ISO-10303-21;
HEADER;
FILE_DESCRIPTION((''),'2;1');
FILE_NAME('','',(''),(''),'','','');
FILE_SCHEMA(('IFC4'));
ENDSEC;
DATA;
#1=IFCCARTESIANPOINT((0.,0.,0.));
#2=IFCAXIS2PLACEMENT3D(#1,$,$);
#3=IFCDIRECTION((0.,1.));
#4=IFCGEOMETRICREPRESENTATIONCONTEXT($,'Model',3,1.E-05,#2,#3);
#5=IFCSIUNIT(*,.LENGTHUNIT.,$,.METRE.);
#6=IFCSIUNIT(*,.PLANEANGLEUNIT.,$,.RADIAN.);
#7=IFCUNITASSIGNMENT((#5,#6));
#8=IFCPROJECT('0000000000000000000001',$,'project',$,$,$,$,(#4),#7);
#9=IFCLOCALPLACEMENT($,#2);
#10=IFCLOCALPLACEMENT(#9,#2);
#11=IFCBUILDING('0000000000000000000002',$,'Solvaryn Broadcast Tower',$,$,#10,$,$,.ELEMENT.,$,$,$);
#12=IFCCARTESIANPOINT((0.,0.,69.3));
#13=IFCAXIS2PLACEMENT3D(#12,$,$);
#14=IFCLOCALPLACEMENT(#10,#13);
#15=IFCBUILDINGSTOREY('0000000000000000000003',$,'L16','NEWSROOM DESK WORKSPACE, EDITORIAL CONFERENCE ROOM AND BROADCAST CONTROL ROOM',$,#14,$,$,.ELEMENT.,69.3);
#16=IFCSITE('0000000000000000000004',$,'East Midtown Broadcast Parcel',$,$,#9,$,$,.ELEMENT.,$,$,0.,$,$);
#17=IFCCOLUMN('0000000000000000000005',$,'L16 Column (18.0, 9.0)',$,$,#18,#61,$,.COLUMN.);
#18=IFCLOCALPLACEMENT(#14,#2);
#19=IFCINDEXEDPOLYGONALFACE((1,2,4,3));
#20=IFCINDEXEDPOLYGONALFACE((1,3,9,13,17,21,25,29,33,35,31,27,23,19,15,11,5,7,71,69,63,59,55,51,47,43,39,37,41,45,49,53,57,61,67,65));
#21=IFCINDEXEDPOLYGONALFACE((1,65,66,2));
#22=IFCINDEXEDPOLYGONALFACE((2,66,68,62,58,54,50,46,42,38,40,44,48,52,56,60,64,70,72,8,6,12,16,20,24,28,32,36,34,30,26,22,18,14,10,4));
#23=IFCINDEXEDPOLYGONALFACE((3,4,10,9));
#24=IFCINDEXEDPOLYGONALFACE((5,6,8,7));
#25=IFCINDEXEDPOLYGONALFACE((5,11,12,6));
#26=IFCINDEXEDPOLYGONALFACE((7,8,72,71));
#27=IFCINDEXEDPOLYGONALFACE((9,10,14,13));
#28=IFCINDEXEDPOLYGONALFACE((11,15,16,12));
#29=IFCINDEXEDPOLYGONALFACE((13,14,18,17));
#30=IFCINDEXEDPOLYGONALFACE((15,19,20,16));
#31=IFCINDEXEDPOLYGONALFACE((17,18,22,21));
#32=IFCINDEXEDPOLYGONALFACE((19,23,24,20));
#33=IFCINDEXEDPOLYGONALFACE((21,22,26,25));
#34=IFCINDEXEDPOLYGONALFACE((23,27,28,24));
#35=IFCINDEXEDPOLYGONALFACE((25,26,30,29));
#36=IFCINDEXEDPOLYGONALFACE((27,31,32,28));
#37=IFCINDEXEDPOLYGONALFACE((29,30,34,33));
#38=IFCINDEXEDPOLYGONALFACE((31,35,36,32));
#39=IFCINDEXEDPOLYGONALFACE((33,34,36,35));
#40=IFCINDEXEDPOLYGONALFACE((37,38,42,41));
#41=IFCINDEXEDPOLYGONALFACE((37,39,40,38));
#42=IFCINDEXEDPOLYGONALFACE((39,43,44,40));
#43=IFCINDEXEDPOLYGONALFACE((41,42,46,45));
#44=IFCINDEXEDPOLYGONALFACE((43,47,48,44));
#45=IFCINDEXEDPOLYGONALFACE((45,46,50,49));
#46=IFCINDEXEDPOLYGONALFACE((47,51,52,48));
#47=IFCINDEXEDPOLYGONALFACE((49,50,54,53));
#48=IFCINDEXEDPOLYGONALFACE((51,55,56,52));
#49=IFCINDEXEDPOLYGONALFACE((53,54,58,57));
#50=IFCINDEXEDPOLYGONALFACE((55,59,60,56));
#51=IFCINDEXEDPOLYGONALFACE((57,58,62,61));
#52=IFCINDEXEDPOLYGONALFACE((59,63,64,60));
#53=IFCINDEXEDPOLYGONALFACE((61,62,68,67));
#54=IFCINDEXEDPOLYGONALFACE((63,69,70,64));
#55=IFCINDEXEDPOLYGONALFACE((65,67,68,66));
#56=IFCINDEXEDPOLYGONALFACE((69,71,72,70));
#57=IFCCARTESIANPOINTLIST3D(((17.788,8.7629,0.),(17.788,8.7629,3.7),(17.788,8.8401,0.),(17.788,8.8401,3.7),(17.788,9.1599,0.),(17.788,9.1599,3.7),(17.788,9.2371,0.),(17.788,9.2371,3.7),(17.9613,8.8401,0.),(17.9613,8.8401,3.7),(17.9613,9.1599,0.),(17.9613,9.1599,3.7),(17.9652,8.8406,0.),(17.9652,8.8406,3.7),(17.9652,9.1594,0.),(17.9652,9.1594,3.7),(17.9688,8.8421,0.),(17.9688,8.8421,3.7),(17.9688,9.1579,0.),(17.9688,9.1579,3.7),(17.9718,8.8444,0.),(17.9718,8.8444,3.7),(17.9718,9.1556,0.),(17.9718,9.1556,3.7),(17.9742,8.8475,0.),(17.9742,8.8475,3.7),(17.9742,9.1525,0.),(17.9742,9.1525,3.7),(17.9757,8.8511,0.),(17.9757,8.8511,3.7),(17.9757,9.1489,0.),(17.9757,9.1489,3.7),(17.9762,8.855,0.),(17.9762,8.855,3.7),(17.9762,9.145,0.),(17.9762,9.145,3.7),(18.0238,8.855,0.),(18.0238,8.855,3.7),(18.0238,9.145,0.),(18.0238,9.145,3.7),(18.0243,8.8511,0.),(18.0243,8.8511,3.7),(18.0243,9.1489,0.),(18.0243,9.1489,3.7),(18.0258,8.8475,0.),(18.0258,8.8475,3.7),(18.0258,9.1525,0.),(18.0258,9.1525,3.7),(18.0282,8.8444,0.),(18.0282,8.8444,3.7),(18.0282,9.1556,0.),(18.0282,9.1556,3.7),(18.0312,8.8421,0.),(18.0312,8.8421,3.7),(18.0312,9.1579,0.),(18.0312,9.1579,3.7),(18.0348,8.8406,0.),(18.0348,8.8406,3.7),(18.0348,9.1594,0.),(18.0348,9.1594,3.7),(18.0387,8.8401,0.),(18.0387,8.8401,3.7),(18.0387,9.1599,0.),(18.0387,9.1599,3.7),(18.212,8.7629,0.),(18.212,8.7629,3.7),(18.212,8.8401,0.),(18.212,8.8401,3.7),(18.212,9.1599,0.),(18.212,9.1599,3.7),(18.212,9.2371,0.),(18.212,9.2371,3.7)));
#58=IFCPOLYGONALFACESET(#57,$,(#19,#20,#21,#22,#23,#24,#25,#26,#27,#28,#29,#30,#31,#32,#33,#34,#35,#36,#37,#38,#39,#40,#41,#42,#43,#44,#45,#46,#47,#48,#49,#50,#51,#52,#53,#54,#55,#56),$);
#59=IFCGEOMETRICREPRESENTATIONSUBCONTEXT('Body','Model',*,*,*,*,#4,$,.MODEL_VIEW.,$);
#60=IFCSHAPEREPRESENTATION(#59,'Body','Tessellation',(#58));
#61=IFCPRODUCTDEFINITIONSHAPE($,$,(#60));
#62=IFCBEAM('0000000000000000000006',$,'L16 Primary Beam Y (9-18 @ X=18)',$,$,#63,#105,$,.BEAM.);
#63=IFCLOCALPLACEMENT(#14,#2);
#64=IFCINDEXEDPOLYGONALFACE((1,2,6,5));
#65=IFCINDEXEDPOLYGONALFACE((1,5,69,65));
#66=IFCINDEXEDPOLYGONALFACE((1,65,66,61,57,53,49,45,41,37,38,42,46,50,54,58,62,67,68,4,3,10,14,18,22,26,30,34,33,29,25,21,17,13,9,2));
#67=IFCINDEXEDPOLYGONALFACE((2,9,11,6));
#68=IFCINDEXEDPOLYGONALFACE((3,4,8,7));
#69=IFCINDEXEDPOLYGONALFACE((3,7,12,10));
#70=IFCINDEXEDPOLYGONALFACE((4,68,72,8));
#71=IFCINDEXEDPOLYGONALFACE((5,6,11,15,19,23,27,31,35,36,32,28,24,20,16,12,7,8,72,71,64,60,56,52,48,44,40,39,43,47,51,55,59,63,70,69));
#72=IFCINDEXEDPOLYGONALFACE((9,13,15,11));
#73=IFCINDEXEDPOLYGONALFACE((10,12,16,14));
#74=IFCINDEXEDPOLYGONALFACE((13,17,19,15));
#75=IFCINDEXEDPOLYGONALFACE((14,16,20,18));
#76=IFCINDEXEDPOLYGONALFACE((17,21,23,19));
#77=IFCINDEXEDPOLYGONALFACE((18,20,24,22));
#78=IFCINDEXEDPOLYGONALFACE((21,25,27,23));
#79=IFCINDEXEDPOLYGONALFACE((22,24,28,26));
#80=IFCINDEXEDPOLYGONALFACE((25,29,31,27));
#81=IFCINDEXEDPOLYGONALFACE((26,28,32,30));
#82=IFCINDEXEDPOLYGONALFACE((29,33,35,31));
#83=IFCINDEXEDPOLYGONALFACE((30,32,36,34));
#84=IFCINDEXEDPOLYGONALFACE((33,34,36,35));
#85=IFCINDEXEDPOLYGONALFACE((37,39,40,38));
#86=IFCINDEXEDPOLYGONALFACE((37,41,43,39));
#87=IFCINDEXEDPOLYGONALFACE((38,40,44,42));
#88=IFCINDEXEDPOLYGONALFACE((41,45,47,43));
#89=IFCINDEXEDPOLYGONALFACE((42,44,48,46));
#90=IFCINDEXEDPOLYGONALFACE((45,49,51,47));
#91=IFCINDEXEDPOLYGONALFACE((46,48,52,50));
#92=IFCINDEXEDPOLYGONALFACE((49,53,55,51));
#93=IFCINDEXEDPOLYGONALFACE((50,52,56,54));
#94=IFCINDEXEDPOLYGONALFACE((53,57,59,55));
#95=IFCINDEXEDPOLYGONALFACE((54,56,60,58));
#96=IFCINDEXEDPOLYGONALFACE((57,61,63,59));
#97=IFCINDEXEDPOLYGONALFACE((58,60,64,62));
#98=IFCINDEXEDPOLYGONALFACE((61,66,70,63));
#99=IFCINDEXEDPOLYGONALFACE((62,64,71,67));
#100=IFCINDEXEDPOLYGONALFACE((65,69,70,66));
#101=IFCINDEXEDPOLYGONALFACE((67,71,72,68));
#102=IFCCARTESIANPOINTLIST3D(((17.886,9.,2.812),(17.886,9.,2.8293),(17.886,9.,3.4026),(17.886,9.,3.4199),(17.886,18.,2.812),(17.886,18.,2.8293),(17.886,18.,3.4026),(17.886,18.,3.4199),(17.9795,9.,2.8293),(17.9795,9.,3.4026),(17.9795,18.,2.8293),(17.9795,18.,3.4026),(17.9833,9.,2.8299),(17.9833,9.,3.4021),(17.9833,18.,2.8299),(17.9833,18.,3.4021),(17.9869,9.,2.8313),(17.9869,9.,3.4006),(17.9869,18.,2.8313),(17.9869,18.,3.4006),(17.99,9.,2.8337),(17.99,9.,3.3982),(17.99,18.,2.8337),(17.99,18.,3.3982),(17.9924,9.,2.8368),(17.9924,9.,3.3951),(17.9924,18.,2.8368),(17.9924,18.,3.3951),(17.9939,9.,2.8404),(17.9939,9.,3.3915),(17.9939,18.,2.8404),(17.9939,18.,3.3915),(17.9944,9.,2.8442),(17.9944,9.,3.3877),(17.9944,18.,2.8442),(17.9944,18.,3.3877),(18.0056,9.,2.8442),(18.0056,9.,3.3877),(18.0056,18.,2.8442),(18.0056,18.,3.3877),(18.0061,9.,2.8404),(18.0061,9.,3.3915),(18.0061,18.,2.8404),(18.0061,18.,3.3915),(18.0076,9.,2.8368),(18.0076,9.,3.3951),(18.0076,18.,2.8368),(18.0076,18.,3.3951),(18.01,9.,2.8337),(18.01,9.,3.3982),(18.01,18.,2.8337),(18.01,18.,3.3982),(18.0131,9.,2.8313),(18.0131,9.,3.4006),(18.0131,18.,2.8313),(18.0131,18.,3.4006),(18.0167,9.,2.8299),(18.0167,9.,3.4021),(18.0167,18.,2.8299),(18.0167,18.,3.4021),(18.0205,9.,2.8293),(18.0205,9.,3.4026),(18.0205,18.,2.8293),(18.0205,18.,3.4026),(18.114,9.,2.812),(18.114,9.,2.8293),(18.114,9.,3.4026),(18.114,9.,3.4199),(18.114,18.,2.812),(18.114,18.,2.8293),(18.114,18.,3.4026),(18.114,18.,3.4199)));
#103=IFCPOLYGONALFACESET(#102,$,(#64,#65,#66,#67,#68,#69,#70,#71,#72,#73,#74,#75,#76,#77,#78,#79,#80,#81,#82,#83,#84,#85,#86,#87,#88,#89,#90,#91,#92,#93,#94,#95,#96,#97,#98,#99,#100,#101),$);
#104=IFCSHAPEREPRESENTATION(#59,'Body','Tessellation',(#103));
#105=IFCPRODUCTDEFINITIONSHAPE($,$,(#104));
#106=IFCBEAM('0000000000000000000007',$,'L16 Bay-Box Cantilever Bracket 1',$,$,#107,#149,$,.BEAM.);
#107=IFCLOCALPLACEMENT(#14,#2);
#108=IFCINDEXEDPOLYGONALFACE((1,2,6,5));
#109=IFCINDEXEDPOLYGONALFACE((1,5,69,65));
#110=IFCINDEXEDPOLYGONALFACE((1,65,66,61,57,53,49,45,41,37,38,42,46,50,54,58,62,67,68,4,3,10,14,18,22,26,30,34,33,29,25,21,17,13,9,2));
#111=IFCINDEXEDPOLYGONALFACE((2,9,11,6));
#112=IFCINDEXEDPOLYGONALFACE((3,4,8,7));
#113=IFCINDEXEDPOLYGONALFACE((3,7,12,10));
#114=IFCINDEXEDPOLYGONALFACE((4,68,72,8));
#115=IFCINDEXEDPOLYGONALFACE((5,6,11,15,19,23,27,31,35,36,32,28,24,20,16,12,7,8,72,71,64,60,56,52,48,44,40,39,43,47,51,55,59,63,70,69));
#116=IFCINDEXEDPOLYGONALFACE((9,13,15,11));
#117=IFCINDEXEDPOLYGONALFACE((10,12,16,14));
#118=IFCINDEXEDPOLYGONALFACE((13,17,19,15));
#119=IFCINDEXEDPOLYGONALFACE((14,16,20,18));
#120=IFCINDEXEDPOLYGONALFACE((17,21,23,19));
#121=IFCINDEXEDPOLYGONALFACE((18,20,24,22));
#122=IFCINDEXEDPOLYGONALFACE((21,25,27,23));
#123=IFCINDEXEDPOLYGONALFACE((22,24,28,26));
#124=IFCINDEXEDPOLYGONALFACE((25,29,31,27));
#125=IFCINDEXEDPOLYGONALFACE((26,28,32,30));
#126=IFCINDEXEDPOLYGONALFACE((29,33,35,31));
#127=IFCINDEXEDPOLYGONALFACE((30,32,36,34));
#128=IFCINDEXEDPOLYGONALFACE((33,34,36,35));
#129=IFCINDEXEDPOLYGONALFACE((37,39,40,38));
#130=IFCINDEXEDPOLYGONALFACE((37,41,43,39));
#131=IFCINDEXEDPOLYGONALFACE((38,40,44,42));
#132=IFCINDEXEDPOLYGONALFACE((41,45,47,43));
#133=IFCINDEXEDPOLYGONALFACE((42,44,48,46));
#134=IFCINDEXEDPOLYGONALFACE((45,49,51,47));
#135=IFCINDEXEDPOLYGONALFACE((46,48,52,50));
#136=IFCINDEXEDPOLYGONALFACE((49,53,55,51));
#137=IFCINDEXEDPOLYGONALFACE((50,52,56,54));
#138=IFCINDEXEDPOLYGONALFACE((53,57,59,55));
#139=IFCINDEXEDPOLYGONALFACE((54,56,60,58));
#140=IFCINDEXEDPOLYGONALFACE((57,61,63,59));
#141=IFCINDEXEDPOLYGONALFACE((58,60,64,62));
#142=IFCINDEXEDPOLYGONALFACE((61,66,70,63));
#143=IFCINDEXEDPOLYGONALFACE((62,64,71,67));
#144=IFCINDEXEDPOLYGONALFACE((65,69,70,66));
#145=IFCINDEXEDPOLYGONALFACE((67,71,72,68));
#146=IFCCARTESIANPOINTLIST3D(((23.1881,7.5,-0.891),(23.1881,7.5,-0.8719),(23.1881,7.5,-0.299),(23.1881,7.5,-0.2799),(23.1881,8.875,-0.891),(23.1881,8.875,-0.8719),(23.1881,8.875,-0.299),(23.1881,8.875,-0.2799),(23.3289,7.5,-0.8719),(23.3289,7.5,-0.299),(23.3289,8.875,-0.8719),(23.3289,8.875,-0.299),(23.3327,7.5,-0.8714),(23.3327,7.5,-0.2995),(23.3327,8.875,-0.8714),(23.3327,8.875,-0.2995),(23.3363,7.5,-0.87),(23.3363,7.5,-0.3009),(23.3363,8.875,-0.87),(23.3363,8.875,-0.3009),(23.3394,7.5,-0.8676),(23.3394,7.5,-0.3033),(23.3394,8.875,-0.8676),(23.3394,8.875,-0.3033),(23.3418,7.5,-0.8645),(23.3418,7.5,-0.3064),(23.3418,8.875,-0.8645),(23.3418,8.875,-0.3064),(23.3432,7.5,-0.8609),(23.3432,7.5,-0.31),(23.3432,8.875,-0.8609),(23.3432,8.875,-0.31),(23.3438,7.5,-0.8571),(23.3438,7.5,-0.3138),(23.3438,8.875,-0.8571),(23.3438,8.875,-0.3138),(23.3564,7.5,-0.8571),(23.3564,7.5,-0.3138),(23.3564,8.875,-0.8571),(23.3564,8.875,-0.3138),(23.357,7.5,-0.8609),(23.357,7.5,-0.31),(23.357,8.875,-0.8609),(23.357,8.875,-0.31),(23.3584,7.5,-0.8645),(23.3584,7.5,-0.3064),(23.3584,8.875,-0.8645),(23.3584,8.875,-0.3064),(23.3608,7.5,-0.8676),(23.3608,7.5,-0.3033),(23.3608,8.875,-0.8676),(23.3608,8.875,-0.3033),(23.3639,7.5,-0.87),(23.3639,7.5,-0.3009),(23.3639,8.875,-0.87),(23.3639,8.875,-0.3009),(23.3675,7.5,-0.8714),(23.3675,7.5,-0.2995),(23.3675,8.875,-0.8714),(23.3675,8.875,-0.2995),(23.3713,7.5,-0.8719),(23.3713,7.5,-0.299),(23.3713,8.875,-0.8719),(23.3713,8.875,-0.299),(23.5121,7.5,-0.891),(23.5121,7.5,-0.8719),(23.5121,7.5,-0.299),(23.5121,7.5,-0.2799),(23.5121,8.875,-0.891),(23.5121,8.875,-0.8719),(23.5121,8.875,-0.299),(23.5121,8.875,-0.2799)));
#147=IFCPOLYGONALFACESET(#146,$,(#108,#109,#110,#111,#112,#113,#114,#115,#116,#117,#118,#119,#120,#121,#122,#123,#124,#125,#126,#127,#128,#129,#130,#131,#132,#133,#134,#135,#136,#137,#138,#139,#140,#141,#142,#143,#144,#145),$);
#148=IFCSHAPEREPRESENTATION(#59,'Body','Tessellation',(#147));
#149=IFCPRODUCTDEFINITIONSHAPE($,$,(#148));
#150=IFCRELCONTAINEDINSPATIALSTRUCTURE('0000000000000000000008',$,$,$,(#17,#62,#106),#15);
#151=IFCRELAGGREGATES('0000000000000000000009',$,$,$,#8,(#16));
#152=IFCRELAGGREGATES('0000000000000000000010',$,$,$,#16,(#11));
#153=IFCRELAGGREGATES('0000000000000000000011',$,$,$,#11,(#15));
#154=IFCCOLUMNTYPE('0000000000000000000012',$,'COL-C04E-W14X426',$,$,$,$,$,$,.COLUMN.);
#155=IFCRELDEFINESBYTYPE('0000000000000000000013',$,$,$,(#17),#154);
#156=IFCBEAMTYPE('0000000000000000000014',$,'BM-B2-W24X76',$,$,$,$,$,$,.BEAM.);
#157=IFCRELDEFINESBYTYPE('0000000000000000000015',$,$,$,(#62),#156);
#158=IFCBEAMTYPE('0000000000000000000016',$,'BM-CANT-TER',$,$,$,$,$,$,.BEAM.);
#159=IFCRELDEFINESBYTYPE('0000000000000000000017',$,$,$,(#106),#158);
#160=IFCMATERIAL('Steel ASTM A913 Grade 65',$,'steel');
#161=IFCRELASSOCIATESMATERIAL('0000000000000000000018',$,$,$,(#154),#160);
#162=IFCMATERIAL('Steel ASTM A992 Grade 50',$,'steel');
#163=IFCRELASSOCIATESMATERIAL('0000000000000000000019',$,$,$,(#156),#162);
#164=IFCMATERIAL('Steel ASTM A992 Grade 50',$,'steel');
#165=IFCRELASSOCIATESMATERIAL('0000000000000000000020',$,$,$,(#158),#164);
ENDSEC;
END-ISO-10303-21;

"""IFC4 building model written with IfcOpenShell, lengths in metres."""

from ifc_helpers import new_model, si_unit, direction, frame, origin, origin_2d, place, context, subcontext, project, spatial, i_section, extrude, material, material_profile, profile_set, type_object, element, save


model = new_model("IFC4")

# Units and contexts
model_context = context("Model", 3, precision=1e-05, world=origin(), true_north=direction((0.0, 1.0)))
body_context = subcontext(model_context, "Body", "Model", "MODEL_VIEW")
ifc_project = project(units=[si_unit("LENGTHUNIT", "METRE"), si_unit("PLANEANGLEUNIT", "RADIAN")], contexts=[model_context])

# Site, building, storey
site_placement = place(None, origin())
site = spatial("IfcSite", under=ifc_project, at=site_placement, Name="East Midtown Broadcast Parcel", CompositionType="ELEMENT", RefElevation=0.0)
building_placement = place(site_placement, origin())
building = spatial("IfcBuilding", under=site, at=building_placement, Name="Solvaryn Broadcast Tower", CompositionType="ELEMENT")
storey_placement = place(building_placement, frame((0.0, 0.0, 69.3)))
storey = spatial("IfcBuildingStorey", under=building, at=storey_placement, Name="L16", Description="NEWSROOM DESK WORKSPACE, EDITORIAL CONFERENCE ROOM AND BROADCAST CONTROL ROOM", CompositionType="ELEMENT", Elevation=69.3)

# Column
ifc_material_1 = material(Name="Steel ASTM A913 Grade 65", Category="steel")
ifc_material_profile_1 = material_profile(ifc_material_1, i_section(OverallWidth=0.4241, OverallDepth=0.4741, WebThickness=0.0476, FlangeThickness=0.0771, FilletRadius=0.0149, at=origin_2d()))
ifc_profile_set_1 = profile_set([ifc_material_profile_1], Name="Steel ASTM A913 Grade 65")
column_type = type_object("IfcColumnType", Name="COL-C04E-W14X426", PredefinedType="COLUMN", material=ifc_profile_set_1)
column_placement = place(storey_placement, frame((18.0, 9.0, 0.0), z_axis=(0.0, 0.0, 1.0), x_axis=(1.0, 0.0, 0.0)))
element("IfcColumn", 1, at=column_placement, inside=storey, type_object=column_type, Name="L16 Column (18.0, 9.0)", PredefinedType="COLUMN", context=body_context, shape_type="SweptSolid", body=[
    extrude(i_section(OverallWidth=0.4241, OverallDepth=0.4741, WebThickness=0.0476, FlangeThickness=0.0771, FilletRadius=0.0149, at=origin_2d()), origin(), (0.0, 0.0, 1.0), 3.7),
])

# Beams
ifc_material_2 = material(Name="Steel ASTM A992 Grade 50", Category="steel")
ifc_material_profile_2 = material_profile(ifc_material_2, i_section(OverallWidth=0.228, OverallDepth=0.6079, WebThickness=0.0112, FlangeThickness=0.0173, FilletRadius=0.0149, at=origin_2d()))
ifc_profile_set_2 = profile_set([ifc_material_profile_2], Name="Steel ASTM A992 Grade 50")
beam_type_1 = type_object("IfcBeamType", Name="BM-B2-W24X76", PredefinedType="BEAM", material=ifc_profile_set_2)
beam_1_placement = place(storey_placement, frame((18.0, 9.0, 3.116), z_axis=(0.0, 1.0, 0.0), x_axis=(-1.0, 0.0, 0.0)))
element("IfcBeam", 2, at=beam_1_placement, inside=storey, type_object=beam_type_1, Name="L16 Primary Beam Y (9-18 @ X=18)", PredefinedType="BEAM", context=body_context, shape_type="SweptSolid", body=[
    extrude(i_section(OverallWidth=0.228, OverallDepth=0.6079, WebThickness=0.0112, FlangeThickness=0.0173, FilletRadius=0.0149, at=origin_2d()), origin(), (0.0, 0.0, 1.0), 9.0),
])
ifc_material_3 = material(Name="Steel ASTM A992 Grade 50", Category="steel")
ifc_material_profile_3 = material_profile(ifc_material_3, i_section(OverallWidth=0.324, OverallDepth=0.6111, WebThickness=0.0127, FlangeThickness=0.019, FilletRadius=0.0149, at=origin_2d()))
ifc_profile_set_3 = profile_set([ifc_material_profile_3], Name="Steel ASTM A992 Grade 50")
beam_type_2 = type_object("IfcBeamType", Name="BM-CANT-TER", PredefinedType="BEAM", material=ifc_profile_set_3)
beam_2_placement = place(storey_placement, frame((23.3501, 8.875, -0.5854), z_axis=(0.0, -1.0, 0.0), x_axis=(1.0, 0.0, 0.0)))
element("IfcBeam", 3, at=beam_2_placement, inside=storey, type_object=beam_type_2, Name="L16 Bay-Box Cantilever Bracket 1", PredefinedType="BEAM", context=body_context, shape_type="SweptSolid", body=[
    extrude(i_section(OverallWidth=0.324, OverallDepth=0.6111, WebThickness=0.0127, FlangeThickness=0.019, FilletRadius=0.0149, at=origin_2d()), origin(), (0.0, 0.0, 1.0), 1.375),
])

save(model, "model.ifc")
